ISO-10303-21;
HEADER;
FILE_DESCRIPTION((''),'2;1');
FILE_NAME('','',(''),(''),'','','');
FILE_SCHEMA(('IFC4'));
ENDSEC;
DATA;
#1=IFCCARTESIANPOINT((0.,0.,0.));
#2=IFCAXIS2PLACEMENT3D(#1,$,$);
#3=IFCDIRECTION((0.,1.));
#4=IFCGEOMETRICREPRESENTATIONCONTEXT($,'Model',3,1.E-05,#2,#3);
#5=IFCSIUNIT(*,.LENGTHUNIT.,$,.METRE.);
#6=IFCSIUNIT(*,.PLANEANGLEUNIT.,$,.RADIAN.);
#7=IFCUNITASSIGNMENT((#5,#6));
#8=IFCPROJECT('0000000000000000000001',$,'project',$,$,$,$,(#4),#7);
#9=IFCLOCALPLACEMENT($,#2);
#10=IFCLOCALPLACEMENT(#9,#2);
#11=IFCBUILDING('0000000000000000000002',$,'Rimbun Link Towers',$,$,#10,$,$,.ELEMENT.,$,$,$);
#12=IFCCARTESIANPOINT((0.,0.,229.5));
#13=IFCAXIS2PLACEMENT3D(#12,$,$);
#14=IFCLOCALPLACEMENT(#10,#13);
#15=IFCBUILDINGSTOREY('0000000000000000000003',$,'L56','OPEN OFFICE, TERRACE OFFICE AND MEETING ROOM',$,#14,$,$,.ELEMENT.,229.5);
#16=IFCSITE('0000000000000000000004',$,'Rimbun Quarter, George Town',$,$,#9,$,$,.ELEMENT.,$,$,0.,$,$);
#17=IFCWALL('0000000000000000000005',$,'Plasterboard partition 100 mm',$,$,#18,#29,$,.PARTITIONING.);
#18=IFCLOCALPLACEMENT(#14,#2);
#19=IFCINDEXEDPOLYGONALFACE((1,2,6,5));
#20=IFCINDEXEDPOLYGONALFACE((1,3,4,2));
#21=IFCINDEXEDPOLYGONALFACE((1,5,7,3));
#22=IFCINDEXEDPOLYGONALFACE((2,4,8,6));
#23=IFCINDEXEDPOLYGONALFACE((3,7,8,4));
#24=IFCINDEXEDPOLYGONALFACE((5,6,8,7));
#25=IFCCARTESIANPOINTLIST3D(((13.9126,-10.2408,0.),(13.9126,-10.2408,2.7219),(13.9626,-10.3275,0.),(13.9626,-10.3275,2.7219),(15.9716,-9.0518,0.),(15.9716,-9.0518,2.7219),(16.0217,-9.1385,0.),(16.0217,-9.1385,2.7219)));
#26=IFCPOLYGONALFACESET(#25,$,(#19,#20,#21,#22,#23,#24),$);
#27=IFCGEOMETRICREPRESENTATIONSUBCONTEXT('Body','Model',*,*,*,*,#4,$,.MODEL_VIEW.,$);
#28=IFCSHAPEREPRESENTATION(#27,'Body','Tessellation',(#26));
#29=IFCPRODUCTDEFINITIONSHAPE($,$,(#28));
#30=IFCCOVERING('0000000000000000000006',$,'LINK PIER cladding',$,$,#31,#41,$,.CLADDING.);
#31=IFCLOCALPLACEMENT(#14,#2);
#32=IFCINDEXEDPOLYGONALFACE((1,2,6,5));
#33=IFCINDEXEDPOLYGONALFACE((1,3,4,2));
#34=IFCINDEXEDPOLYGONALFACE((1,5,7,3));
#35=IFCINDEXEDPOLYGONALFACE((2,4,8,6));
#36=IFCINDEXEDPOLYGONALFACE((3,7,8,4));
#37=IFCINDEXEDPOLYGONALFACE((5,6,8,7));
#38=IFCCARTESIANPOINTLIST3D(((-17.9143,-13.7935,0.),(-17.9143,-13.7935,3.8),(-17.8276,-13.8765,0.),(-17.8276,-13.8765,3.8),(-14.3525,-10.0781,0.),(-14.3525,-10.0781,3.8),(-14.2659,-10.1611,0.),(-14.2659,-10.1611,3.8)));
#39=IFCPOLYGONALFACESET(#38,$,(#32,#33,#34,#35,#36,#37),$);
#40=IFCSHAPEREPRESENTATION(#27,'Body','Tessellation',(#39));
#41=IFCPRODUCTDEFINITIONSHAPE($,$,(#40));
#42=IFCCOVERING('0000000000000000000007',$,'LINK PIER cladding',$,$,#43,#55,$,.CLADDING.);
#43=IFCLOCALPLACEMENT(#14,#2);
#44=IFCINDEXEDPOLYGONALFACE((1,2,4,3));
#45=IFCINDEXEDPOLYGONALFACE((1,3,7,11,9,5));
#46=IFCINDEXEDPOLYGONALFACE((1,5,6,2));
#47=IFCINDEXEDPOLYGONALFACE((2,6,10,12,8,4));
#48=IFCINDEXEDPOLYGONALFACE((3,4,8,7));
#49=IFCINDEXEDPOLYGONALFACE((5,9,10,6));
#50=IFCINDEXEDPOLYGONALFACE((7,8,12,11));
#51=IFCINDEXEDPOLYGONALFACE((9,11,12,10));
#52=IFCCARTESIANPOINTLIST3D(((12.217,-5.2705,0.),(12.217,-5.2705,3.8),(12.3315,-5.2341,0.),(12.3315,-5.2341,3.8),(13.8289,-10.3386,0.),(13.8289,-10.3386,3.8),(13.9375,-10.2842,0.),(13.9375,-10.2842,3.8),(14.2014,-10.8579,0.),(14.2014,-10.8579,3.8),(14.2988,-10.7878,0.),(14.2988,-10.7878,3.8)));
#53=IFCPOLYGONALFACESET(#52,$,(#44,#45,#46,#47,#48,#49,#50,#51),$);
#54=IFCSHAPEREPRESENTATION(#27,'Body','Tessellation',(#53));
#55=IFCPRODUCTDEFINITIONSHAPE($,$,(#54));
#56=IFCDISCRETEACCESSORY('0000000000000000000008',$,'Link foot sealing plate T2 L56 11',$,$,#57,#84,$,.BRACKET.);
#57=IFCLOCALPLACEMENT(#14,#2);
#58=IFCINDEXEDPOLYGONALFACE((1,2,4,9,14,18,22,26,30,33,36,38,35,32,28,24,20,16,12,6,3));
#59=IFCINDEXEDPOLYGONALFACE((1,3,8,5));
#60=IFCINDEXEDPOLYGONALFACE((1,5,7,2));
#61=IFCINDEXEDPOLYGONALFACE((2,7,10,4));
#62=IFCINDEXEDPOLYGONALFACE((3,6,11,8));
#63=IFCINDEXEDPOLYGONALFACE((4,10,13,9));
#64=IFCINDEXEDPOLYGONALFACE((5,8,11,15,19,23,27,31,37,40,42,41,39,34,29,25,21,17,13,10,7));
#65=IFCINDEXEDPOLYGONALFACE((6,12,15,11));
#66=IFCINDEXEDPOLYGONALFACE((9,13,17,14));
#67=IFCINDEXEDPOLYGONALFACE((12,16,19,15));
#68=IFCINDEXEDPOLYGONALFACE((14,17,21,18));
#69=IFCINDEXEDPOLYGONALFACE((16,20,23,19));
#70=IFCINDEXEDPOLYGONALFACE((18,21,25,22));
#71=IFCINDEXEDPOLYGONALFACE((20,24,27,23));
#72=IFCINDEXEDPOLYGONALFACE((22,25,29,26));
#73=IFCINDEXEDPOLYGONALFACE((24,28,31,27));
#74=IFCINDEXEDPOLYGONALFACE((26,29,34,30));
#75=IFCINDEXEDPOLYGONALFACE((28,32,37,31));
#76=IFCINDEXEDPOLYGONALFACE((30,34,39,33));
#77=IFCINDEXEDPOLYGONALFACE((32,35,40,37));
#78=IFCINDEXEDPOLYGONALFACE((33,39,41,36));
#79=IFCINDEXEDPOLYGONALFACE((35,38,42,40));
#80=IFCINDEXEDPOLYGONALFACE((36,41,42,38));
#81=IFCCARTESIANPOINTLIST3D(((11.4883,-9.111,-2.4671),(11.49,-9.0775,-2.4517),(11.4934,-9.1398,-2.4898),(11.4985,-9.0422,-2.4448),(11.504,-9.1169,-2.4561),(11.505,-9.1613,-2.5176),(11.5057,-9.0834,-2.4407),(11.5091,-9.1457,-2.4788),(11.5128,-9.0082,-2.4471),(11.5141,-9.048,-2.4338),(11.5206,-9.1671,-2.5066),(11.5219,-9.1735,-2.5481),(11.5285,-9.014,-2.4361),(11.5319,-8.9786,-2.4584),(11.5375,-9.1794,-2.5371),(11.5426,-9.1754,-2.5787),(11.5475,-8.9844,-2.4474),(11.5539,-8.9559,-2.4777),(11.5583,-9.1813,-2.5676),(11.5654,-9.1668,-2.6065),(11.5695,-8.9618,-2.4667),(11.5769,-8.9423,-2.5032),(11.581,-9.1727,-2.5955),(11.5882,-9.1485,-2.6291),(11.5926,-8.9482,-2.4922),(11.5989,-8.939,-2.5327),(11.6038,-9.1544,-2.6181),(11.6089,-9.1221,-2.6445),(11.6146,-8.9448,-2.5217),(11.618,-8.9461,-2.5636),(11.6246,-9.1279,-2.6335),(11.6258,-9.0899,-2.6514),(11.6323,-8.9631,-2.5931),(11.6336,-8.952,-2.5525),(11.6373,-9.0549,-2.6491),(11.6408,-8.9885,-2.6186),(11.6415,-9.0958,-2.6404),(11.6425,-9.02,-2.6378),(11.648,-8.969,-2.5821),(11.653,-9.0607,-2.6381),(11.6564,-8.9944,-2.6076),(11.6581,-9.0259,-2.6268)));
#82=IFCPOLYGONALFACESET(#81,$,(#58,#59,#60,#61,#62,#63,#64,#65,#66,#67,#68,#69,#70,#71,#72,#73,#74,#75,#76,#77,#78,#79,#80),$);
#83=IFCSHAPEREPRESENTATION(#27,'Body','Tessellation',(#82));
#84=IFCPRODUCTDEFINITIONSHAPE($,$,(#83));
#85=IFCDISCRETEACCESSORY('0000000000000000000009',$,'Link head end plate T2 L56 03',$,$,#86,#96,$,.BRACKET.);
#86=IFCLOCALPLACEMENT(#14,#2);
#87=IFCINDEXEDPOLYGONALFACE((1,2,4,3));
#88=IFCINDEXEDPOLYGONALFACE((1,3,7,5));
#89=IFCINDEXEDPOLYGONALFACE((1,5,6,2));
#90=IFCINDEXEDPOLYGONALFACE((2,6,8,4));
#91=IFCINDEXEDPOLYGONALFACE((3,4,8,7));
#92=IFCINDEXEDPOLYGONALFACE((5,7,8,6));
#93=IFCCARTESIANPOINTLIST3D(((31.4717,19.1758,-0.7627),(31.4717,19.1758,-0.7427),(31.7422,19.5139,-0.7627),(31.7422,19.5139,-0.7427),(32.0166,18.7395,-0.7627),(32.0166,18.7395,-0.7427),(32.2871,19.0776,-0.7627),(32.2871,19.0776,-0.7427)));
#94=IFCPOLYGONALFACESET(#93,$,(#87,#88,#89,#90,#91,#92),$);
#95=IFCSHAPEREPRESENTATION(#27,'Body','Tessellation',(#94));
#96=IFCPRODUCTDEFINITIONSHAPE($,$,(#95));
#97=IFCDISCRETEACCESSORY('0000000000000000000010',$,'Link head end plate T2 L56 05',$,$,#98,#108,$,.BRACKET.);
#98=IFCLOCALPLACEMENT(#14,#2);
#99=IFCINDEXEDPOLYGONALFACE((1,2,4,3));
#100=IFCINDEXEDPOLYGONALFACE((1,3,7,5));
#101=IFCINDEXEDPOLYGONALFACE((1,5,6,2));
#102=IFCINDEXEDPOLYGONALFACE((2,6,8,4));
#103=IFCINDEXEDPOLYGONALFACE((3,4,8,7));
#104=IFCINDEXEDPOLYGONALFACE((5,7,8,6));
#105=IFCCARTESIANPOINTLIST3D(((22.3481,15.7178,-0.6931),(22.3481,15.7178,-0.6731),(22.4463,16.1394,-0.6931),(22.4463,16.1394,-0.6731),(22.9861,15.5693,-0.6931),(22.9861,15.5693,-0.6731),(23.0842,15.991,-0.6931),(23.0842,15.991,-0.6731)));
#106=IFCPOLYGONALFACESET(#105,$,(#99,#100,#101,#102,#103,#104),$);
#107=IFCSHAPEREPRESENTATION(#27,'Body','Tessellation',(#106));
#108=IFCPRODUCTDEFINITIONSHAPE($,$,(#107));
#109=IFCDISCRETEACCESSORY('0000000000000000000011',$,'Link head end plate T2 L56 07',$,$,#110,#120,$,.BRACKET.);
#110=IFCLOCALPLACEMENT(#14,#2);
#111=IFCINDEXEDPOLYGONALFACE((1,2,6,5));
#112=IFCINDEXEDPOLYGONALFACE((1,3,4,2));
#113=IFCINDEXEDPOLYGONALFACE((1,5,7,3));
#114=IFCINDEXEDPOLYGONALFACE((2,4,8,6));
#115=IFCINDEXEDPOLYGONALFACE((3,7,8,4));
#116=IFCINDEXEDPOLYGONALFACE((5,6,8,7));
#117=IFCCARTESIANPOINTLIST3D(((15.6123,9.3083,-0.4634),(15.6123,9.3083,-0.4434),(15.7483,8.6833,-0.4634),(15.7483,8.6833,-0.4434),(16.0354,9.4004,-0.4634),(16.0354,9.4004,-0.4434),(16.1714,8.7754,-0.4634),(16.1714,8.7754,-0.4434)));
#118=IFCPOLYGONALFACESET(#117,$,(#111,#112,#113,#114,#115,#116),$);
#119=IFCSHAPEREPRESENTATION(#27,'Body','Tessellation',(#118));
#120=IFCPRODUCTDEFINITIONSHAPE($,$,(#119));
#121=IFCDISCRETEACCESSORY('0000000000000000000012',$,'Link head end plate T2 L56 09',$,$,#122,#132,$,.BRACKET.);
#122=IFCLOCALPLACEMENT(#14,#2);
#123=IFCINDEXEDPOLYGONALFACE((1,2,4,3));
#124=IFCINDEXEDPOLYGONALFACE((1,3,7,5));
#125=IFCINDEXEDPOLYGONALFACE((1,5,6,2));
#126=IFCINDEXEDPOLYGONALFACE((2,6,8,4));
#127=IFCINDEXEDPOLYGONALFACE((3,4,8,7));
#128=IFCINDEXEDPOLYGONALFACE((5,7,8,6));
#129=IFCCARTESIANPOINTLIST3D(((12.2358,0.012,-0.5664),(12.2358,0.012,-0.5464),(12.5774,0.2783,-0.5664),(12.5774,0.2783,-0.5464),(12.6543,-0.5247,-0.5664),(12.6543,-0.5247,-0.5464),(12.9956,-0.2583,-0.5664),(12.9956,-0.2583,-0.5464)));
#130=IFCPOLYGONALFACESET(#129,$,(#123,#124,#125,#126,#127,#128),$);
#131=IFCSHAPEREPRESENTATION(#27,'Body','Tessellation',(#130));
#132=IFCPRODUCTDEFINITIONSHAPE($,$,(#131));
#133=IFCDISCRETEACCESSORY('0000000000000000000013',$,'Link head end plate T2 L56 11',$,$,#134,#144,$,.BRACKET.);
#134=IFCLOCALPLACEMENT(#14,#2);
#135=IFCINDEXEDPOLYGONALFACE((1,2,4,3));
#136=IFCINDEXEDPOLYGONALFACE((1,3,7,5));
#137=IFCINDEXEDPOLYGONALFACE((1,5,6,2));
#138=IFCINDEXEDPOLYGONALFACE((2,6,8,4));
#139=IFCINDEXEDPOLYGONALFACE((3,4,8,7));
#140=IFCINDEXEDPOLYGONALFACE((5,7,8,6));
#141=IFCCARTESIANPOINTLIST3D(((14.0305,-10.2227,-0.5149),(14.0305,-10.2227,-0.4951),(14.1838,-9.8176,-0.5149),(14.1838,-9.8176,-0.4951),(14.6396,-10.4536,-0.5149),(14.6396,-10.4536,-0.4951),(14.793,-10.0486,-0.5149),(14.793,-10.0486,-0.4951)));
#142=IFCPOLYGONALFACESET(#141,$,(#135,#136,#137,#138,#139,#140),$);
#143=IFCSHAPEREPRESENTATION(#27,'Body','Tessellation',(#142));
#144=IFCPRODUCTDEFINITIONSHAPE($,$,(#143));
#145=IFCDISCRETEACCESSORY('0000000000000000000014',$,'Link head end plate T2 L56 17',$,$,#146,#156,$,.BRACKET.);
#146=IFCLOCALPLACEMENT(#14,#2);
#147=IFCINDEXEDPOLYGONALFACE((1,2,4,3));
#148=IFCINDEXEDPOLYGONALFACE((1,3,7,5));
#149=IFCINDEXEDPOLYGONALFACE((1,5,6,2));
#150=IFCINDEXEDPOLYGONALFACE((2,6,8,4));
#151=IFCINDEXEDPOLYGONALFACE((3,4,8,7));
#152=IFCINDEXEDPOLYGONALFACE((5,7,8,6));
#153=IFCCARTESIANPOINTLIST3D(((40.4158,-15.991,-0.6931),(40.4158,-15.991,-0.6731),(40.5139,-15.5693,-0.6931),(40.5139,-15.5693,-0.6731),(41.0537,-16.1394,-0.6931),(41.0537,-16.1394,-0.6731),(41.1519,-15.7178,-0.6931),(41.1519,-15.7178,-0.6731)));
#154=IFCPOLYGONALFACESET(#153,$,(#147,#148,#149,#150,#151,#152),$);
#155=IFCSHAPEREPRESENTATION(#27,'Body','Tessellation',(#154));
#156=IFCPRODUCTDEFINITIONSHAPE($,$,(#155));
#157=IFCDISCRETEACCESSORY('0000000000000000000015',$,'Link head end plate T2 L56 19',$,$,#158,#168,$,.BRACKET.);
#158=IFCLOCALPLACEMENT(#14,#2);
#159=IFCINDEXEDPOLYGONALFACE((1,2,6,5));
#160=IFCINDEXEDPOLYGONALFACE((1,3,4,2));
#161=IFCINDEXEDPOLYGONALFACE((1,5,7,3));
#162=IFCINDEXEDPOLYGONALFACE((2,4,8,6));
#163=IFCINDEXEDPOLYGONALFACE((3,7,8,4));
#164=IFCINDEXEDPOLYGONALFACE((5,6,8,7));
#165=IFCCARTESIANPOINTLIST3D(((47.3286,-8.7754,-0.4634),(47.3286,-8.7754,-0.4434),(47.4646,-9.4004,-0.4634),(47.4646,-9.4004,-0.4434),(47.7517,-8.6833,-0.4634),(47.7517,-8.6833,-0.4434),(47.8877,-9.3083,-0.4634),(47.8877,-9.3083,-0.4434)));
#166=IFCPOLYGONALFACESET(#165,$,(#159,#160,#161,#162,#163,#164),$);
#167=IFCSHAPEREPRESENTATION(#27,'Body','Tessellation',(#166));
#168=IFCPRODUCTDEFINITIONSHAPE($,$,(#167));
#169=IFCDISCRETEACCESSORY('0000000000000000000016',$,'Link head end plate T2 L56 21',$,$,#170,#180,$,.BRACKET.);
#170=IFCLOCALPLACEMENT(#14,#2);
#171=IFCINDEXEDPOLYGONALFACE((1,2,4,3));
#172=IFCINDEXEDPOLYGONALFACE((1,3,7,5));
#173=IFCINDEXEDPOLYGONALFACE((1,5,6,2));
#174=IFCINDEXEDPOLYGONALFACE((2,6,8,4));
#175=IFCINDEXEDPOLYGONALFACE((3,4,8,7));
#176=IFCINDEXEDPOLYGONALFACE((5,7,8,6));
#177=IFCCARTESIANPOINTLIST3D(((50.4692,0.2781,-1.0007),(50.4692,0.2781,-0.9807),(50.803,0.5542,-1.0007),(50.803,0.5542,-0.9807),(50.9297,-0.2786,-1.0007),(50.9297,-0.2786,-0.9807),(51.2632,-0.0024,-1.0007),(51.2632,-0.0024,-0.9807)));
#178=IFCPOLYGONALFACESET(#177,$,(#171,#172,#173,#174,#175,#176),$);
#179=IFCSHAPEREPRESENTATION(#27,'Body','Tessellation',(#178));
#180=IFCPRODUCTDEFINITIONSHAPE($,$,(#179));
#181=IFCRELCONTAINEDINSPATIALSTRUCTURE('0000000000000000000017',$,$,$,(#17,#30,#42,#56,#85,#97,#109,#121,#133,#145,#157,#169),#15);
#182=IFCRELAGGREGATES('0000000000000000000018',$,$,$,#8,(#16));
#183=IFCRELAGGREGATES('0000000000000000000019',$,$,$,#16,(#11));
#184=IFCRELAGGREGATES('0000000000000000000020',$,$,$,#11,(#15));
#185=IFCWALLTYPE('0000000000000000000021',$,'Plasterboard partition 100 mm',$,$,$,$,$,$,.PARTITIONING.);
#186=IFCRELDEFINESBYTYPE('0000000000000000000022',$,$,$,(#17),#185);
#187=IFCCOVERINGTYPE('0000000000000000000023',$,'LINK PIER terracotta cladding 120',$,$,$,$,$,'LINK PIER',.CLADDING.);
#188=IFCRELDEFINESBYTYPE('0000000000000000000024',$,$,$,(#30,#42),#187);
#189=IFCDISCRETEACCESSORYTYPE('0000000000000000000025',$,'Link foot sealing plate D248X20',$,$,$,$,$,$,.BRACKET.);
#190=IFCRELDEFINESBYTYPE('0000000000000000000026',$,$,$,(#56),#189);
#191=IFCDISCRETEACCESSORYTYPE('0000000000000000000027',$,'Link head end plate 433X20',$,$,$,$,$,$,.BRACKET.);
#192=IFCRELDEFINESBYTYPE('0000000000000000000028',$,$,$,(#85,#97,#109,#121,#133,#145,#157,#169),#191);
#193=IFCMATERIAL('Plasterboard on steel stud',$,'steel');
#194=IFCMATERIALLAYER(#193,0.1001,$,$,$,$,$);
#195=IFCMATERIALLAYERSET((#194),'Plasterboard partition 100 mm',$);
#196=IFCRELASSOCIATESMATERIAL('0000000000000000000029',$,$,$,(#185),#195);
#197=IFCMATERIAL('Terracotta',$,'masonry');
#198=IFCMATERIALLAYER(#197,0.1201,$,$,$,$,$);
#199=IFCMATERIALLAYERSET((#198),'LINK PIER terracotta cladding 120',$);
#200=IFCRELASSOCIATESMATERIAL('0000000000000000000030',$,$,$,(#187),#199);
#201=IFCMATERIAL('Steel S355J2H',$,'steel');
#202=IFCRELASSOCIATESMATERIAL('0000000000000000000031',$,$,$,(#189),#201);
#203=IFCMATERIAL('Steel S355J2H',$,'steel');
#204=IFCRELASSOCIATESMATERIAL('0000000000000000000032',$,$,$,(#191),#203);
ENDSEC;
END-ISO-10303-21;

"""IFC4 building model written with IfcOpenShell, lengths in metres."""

from ifc_helpers import new_model, si_unit, direction, frame, frame_2d, origin, origin_2d, place, context, subcontext, project, spatial, polyline, rectangle, circle, outline, extrude, material, layer, layer_set, material_profile, profile_set, type_object, element, save


model = new_model("IFC4")

# Units and contexts
model_context = context("Model", 3, precision=1e-05, world=origin(), true_north=direction((0.0, 1.0)))
body_context = subcontext(model_context, "Body", "Model", "MODEL_VIEW")
ifc_project = project(units=[si_unit("LENGTHUNIT", "METRE"), si_unit("PLANEANGLEUNIT", "RADIAN")], contexts=[model_context])

# Site, building, storey
site_placement = place(None, origin())
site = spatial("IfcSite", under=ifc_project, at=site_placement, Name="Rimbun Quarter, George Town", CompositionType="ELEMENT", RefElevation=0.0)
building_placement = place(site_placement, origin())
building = spatial("IfcBuilding", under=site, at=building_placement, Name="Rimbun Link Towers", CompositionType="ELEMENT")
storey_placement = place(building_placement, frame((0.0, 0.0, 229.5)))
storey = spatial("IfcBuildingStorey", under=building, at=storey_placement, Name="L56", Description="OPEN OFFICE, TERRACE OFFICE AND MEETING ROOM", CompositionType="ELEMENT", Elevation=229.5)

# Wall
ifc_material_1 = material(Name="Plasterboard on steel stud", Category="steel")
ifc_layer_1 = layer(ifc_material_1, 0.1001)
ifc_layer_set_1 = layer_set([ifc_layer_1], Name="Plasterboard partition 100 mm")
wall_type = type_object("IfcWallType", Name="Plasterboard partition 100 mm", PredefinedType="PARTITIONING", material=ifc_layer_set_1)
wall_1_placement = place(storey_placement, frame((13.9375, -10.2842, 0.0), z_axis=(0.0, 0.0, 1.0), x_axis=(0.865997, 0.500048, 0.0)))
element("IfcWall", 1, at=wall_1_placement, inside=storey, type_object=wall_type, Name="Plasterboard partition 100 mm", PredefinedType="PARTITIONING", context=body_context, shape_type="SweptSolid", body=[
    extrude(rectangle(XDim=2.3777, YDim=0.1001, at=frame_2d((1.189, 0.0))), origin(), (0.0, 0.0, 1.0), 2.7219),
])

# Coverings
ifc_material_2 = material(Name="Terracotta", Category="masonry")
ifc_layer_2 = layer(ifc_material_2, 0.1201)
ifc_layer_set_2 = layer_set([ifc_layer_2], Name="LINK PIER terracotta cladding 120")
covering_type_1 = type_object("IfcCoveringType", Name="LINK PIER terracotta cladding 120", ElementType="LINK PIER", PredefinedType="CLADDING", material=ifc_layer_set_2)
covering_1_placement = place(storey_placement, origin())
element("IfcCovering", 2, at=covering_1_placement, inside=storey, type_object=covering_type_1, Name="LINK PIER cladding", PredefinedType="CLADDING", context=body_context, shape_type="SweptSolid", body=[
    extrude(outline(polyline([(-14.3525, -10.0781), (-17.9143, -13.7935), (-17.8276, -13.8765), (-14.2659, -10.1611), (-14.3525, -10.0781)])), origin(), (0.0, 0.0, 1.0), 3.8),
])
covering_2_placement = place(storey_placement, origin())
element("IfcCovering", 3, at=covering_2_placement, inside=storey, type_object=covering_type_1, Name="LINK PIER cladding", PredefinedType="CLADDING", context=body_context, shape_type="SweptSolid", body=[
    extrude(outline(polyline([(14.2988, -10.7878), (13.9375, -10.2842), (12.3315, -5.2341), (12.217, -5.2705), (13.8289, -10.3386), (14.2014, -10.8579), (14.2988, -10.7878)])), origin(), (0.0, 0.0, 1.0), 3.8),
])

# Discrete accessories
ifc_material_3 = material(Name="Steel S355J2H", Category="steel")
ifc_material_profile_1 = material_profile(ifc_material_3, circle(Radius=0.124, at=origin_2d()), Name="PL D248")
ifc_profile_set_1 = profile_set([ifc_material_profile_1], Name="Steel S355J2H")
discrete_accessory_type_1 = type_object("IfcDiscreteAccessoryType", Name="Link foot sealing plate D248X20", PredefinedType="BRACKET", material=ifc_profile_set_1)
discrete_accessory_1_placement = place(storey_placement, frame((11.5811, -9.0632, -2.5371), z_axis=(-0.78206, 0.293272, -0.549886), x_axis=(-0.351123, -0.936329, 0.0)))
element("IfcDiscreteAccessory", 4, at=discrete_accessory_1_placement, inside=storey, type_object=discrete_accessory_type_1, Name="Link foot sealing plate T2 L56 11", PredefinedType="BRACKET", context=body_context, shape_type="SweptSolid", body=[
    extrude(circle(Radius=0.124, at=origin_2d()), origin(), (0.0, 0.0, 1.0), 0.02),
])
ifc_material_4 = material(Name="Steel S355J2H", Category="steel")
ifc_material_profile_2 = material_profile(ifc_material_4, rectangle(XDim=0.4331, YDim=0.4331, at=origin_2d()), Name="PL 433x433")
ifc_profile_set_2 = profile_set([ifc_material_profile_2], Name="Steel S355J2H")
discrete_accessory_type_2 = type_object("IfcDiscreteAccessoryType", Name="Link head end plate 433X20", PredefinedType="BRACKET", material=ifc_profile_set_2)
discrete_accessory_2_placement = place(storey_placement, frame((0.0, 0.0, -0.7627)))
element("IfcDiscreteAccessory", 5, at=discrete_accessory_2_placement, inside=storey, type_object=discrete_accessory_type_2, Name="Link head end plate T2 L56 03", PredefinedType="BRACKET", context=body_context, shape_type="SweptSolid", body=[
    extrude(outline(polyline([(32.2871, 19.0776), (31.7422, 19.5139), (31.4717, 19.1758), (32.0166, 18.7395), (32.2871, 19.0776)])), origin(), (0.0, 0.0, 1.0), 0.02),
])
discrete_accessory_3_placement = place(storey_placement, frame((0.0, 0.0, -0.6931)))
element("IfcDiscreteAccessory", 6, at=discrete_accessory_3_placement, inside=storey, type_object=discrete_accessory_type_2, Name="Link head end plate T2 L56 05", PredefinedType="BRACKET", context=body_context, shape_type="SweptSolid", body=[
    extrude(outline(polyline([(23.0842, 15.991), (22.4463, 16.1394), (22.3481, 15.7178), (22.9861, 15.5693), (23.0842, 15.991)])), origin(), (0.0, 0.0, 1.0), 0.02),
])
discrete_accessory_4_placement = place(storey_placement, frame((0.0, 0.0, -0.4634)))
element("IfcDiscreteAccessory", 7, at=discrete_accessory_4_placement, inside=storey, type_object=discrete_accessory_type_2, Name="Link head end plate T2 L56 07", PredefinedType="BRACKET", context=body_context, shape_type="SweptSolid", body=[
    extrude(outline(polyline([(16.1714, 8.7754), (16.0354, 9.4004), (15.6123, 9.3083), (15.7483, 8.6833), (16.1714, 8.7754)])), origin(), (0.0, 0.0, 1.0), 0.02),
])
discrete_accessory_5_placement = place(storey_placement, frame((0.0, 0.0, -0.5664)))
element("IfcDiscreteAccessory", 8, at=discrete_accessory_5_placement, inside=storey, type_object=discrete_accessory_type_2, Name="Link head end plate T2 L56 09", PredefinedType="BRACKET", context=body_context, shape_type="SweptSolid", body=[
    extrude(outline(polyline([(12.9956, -0.2583), (12.5774, 0.2783), (12.2358, 0.012), (12.6543, -0.5247), (12.9956, -0.2583)])), origin(), (0.0, 0.0, 1.0), 0.02),
])
discrete_accessory_6_placement = place(storey_placement, frame((0.0, 0.0, -0.5149)))
element("IfcDiscreteAccessory", 9, at=discrete_accessory_6_placement, inside=storey, type_object=discrete_accessory_type_2, Name="Link head end plate T2 L56 11", PredefinedType="BRACKET", context=body_context, shape_type="SweptSolid", body=[
    extrude(outline(polyline([(14.793, -10.0486), (14.1838, -9.8176), (14.0305, -10.2227), (14.6396, -10.4536), (14.793, -10.0486)])), origin(), (0.0, 0.0, 1.0), 0.0198),
])
discrete_accessory_7_placement = place(storey_placement, frame((0.0, 0.0, -0.6931)))
element("IfcDiscreteAccessory", 10, at=discrete_accessory_7_placement, inside=storey, type_object=discrete_accessory_type_2, Name="Link head end plate T2 L56 17", PredefinedType="BRACKET", context=body_context, shape_type="SweptSolid", body=[
    extrude(outline(polyline([(40.4158, -15.991), (41.0537, -16.1394), (41.1519, -15.7178), (40.5139, -15.5693), (40.4158, -15.991)])), origin(), (0.0, 0.0, 1.0), 0.02),
])
discrete_accessory_8_placement = place(storey_placement, frame((0.0, 0.0, -0.4634)))
element("IfcDiscreteAccessory", 11, at=discrete_accessory_8_placement, inside=storey, type_object=discrete_accessory_type_2, Name="Link head end plate T2 L56 19", PredefinedType="BRACKET", context=body_context, shape_type="SweptSolid", body=[
    extrude(outline(polyline([(47.3286, -8.7754), (47.4646, -9.4004), (47.8877, -9.3083), (47.7517, -8.6833), (47.3286, -8.7754)])), origin(), (0.0, 0.0, 1.0), 0.02),
])
discrete_accessory_9_placement = place(storey_placement, frame((0.0, 0.0, -1.0007)))
element("IfcDiscreteAccessory", 12, at=discrete_accessory_9_placement, inside=storey, type_object=discrete_accessory_type_2, Name="Link head end plate T2 L56 21", PredefinedType="BRACKET", context=body_context, shape_type="SweptSolid", body=[
    extrude(outline(polyline([(50.4692, 0.2781), (50.9297, -0.2786), (51.2632, -0.0024), (50.803, 0.5542), (50.4692, 0.2781)])), origin(), (0.0, 0.0, 1.0), 0.02),
])

save(model, "model.ifc")
